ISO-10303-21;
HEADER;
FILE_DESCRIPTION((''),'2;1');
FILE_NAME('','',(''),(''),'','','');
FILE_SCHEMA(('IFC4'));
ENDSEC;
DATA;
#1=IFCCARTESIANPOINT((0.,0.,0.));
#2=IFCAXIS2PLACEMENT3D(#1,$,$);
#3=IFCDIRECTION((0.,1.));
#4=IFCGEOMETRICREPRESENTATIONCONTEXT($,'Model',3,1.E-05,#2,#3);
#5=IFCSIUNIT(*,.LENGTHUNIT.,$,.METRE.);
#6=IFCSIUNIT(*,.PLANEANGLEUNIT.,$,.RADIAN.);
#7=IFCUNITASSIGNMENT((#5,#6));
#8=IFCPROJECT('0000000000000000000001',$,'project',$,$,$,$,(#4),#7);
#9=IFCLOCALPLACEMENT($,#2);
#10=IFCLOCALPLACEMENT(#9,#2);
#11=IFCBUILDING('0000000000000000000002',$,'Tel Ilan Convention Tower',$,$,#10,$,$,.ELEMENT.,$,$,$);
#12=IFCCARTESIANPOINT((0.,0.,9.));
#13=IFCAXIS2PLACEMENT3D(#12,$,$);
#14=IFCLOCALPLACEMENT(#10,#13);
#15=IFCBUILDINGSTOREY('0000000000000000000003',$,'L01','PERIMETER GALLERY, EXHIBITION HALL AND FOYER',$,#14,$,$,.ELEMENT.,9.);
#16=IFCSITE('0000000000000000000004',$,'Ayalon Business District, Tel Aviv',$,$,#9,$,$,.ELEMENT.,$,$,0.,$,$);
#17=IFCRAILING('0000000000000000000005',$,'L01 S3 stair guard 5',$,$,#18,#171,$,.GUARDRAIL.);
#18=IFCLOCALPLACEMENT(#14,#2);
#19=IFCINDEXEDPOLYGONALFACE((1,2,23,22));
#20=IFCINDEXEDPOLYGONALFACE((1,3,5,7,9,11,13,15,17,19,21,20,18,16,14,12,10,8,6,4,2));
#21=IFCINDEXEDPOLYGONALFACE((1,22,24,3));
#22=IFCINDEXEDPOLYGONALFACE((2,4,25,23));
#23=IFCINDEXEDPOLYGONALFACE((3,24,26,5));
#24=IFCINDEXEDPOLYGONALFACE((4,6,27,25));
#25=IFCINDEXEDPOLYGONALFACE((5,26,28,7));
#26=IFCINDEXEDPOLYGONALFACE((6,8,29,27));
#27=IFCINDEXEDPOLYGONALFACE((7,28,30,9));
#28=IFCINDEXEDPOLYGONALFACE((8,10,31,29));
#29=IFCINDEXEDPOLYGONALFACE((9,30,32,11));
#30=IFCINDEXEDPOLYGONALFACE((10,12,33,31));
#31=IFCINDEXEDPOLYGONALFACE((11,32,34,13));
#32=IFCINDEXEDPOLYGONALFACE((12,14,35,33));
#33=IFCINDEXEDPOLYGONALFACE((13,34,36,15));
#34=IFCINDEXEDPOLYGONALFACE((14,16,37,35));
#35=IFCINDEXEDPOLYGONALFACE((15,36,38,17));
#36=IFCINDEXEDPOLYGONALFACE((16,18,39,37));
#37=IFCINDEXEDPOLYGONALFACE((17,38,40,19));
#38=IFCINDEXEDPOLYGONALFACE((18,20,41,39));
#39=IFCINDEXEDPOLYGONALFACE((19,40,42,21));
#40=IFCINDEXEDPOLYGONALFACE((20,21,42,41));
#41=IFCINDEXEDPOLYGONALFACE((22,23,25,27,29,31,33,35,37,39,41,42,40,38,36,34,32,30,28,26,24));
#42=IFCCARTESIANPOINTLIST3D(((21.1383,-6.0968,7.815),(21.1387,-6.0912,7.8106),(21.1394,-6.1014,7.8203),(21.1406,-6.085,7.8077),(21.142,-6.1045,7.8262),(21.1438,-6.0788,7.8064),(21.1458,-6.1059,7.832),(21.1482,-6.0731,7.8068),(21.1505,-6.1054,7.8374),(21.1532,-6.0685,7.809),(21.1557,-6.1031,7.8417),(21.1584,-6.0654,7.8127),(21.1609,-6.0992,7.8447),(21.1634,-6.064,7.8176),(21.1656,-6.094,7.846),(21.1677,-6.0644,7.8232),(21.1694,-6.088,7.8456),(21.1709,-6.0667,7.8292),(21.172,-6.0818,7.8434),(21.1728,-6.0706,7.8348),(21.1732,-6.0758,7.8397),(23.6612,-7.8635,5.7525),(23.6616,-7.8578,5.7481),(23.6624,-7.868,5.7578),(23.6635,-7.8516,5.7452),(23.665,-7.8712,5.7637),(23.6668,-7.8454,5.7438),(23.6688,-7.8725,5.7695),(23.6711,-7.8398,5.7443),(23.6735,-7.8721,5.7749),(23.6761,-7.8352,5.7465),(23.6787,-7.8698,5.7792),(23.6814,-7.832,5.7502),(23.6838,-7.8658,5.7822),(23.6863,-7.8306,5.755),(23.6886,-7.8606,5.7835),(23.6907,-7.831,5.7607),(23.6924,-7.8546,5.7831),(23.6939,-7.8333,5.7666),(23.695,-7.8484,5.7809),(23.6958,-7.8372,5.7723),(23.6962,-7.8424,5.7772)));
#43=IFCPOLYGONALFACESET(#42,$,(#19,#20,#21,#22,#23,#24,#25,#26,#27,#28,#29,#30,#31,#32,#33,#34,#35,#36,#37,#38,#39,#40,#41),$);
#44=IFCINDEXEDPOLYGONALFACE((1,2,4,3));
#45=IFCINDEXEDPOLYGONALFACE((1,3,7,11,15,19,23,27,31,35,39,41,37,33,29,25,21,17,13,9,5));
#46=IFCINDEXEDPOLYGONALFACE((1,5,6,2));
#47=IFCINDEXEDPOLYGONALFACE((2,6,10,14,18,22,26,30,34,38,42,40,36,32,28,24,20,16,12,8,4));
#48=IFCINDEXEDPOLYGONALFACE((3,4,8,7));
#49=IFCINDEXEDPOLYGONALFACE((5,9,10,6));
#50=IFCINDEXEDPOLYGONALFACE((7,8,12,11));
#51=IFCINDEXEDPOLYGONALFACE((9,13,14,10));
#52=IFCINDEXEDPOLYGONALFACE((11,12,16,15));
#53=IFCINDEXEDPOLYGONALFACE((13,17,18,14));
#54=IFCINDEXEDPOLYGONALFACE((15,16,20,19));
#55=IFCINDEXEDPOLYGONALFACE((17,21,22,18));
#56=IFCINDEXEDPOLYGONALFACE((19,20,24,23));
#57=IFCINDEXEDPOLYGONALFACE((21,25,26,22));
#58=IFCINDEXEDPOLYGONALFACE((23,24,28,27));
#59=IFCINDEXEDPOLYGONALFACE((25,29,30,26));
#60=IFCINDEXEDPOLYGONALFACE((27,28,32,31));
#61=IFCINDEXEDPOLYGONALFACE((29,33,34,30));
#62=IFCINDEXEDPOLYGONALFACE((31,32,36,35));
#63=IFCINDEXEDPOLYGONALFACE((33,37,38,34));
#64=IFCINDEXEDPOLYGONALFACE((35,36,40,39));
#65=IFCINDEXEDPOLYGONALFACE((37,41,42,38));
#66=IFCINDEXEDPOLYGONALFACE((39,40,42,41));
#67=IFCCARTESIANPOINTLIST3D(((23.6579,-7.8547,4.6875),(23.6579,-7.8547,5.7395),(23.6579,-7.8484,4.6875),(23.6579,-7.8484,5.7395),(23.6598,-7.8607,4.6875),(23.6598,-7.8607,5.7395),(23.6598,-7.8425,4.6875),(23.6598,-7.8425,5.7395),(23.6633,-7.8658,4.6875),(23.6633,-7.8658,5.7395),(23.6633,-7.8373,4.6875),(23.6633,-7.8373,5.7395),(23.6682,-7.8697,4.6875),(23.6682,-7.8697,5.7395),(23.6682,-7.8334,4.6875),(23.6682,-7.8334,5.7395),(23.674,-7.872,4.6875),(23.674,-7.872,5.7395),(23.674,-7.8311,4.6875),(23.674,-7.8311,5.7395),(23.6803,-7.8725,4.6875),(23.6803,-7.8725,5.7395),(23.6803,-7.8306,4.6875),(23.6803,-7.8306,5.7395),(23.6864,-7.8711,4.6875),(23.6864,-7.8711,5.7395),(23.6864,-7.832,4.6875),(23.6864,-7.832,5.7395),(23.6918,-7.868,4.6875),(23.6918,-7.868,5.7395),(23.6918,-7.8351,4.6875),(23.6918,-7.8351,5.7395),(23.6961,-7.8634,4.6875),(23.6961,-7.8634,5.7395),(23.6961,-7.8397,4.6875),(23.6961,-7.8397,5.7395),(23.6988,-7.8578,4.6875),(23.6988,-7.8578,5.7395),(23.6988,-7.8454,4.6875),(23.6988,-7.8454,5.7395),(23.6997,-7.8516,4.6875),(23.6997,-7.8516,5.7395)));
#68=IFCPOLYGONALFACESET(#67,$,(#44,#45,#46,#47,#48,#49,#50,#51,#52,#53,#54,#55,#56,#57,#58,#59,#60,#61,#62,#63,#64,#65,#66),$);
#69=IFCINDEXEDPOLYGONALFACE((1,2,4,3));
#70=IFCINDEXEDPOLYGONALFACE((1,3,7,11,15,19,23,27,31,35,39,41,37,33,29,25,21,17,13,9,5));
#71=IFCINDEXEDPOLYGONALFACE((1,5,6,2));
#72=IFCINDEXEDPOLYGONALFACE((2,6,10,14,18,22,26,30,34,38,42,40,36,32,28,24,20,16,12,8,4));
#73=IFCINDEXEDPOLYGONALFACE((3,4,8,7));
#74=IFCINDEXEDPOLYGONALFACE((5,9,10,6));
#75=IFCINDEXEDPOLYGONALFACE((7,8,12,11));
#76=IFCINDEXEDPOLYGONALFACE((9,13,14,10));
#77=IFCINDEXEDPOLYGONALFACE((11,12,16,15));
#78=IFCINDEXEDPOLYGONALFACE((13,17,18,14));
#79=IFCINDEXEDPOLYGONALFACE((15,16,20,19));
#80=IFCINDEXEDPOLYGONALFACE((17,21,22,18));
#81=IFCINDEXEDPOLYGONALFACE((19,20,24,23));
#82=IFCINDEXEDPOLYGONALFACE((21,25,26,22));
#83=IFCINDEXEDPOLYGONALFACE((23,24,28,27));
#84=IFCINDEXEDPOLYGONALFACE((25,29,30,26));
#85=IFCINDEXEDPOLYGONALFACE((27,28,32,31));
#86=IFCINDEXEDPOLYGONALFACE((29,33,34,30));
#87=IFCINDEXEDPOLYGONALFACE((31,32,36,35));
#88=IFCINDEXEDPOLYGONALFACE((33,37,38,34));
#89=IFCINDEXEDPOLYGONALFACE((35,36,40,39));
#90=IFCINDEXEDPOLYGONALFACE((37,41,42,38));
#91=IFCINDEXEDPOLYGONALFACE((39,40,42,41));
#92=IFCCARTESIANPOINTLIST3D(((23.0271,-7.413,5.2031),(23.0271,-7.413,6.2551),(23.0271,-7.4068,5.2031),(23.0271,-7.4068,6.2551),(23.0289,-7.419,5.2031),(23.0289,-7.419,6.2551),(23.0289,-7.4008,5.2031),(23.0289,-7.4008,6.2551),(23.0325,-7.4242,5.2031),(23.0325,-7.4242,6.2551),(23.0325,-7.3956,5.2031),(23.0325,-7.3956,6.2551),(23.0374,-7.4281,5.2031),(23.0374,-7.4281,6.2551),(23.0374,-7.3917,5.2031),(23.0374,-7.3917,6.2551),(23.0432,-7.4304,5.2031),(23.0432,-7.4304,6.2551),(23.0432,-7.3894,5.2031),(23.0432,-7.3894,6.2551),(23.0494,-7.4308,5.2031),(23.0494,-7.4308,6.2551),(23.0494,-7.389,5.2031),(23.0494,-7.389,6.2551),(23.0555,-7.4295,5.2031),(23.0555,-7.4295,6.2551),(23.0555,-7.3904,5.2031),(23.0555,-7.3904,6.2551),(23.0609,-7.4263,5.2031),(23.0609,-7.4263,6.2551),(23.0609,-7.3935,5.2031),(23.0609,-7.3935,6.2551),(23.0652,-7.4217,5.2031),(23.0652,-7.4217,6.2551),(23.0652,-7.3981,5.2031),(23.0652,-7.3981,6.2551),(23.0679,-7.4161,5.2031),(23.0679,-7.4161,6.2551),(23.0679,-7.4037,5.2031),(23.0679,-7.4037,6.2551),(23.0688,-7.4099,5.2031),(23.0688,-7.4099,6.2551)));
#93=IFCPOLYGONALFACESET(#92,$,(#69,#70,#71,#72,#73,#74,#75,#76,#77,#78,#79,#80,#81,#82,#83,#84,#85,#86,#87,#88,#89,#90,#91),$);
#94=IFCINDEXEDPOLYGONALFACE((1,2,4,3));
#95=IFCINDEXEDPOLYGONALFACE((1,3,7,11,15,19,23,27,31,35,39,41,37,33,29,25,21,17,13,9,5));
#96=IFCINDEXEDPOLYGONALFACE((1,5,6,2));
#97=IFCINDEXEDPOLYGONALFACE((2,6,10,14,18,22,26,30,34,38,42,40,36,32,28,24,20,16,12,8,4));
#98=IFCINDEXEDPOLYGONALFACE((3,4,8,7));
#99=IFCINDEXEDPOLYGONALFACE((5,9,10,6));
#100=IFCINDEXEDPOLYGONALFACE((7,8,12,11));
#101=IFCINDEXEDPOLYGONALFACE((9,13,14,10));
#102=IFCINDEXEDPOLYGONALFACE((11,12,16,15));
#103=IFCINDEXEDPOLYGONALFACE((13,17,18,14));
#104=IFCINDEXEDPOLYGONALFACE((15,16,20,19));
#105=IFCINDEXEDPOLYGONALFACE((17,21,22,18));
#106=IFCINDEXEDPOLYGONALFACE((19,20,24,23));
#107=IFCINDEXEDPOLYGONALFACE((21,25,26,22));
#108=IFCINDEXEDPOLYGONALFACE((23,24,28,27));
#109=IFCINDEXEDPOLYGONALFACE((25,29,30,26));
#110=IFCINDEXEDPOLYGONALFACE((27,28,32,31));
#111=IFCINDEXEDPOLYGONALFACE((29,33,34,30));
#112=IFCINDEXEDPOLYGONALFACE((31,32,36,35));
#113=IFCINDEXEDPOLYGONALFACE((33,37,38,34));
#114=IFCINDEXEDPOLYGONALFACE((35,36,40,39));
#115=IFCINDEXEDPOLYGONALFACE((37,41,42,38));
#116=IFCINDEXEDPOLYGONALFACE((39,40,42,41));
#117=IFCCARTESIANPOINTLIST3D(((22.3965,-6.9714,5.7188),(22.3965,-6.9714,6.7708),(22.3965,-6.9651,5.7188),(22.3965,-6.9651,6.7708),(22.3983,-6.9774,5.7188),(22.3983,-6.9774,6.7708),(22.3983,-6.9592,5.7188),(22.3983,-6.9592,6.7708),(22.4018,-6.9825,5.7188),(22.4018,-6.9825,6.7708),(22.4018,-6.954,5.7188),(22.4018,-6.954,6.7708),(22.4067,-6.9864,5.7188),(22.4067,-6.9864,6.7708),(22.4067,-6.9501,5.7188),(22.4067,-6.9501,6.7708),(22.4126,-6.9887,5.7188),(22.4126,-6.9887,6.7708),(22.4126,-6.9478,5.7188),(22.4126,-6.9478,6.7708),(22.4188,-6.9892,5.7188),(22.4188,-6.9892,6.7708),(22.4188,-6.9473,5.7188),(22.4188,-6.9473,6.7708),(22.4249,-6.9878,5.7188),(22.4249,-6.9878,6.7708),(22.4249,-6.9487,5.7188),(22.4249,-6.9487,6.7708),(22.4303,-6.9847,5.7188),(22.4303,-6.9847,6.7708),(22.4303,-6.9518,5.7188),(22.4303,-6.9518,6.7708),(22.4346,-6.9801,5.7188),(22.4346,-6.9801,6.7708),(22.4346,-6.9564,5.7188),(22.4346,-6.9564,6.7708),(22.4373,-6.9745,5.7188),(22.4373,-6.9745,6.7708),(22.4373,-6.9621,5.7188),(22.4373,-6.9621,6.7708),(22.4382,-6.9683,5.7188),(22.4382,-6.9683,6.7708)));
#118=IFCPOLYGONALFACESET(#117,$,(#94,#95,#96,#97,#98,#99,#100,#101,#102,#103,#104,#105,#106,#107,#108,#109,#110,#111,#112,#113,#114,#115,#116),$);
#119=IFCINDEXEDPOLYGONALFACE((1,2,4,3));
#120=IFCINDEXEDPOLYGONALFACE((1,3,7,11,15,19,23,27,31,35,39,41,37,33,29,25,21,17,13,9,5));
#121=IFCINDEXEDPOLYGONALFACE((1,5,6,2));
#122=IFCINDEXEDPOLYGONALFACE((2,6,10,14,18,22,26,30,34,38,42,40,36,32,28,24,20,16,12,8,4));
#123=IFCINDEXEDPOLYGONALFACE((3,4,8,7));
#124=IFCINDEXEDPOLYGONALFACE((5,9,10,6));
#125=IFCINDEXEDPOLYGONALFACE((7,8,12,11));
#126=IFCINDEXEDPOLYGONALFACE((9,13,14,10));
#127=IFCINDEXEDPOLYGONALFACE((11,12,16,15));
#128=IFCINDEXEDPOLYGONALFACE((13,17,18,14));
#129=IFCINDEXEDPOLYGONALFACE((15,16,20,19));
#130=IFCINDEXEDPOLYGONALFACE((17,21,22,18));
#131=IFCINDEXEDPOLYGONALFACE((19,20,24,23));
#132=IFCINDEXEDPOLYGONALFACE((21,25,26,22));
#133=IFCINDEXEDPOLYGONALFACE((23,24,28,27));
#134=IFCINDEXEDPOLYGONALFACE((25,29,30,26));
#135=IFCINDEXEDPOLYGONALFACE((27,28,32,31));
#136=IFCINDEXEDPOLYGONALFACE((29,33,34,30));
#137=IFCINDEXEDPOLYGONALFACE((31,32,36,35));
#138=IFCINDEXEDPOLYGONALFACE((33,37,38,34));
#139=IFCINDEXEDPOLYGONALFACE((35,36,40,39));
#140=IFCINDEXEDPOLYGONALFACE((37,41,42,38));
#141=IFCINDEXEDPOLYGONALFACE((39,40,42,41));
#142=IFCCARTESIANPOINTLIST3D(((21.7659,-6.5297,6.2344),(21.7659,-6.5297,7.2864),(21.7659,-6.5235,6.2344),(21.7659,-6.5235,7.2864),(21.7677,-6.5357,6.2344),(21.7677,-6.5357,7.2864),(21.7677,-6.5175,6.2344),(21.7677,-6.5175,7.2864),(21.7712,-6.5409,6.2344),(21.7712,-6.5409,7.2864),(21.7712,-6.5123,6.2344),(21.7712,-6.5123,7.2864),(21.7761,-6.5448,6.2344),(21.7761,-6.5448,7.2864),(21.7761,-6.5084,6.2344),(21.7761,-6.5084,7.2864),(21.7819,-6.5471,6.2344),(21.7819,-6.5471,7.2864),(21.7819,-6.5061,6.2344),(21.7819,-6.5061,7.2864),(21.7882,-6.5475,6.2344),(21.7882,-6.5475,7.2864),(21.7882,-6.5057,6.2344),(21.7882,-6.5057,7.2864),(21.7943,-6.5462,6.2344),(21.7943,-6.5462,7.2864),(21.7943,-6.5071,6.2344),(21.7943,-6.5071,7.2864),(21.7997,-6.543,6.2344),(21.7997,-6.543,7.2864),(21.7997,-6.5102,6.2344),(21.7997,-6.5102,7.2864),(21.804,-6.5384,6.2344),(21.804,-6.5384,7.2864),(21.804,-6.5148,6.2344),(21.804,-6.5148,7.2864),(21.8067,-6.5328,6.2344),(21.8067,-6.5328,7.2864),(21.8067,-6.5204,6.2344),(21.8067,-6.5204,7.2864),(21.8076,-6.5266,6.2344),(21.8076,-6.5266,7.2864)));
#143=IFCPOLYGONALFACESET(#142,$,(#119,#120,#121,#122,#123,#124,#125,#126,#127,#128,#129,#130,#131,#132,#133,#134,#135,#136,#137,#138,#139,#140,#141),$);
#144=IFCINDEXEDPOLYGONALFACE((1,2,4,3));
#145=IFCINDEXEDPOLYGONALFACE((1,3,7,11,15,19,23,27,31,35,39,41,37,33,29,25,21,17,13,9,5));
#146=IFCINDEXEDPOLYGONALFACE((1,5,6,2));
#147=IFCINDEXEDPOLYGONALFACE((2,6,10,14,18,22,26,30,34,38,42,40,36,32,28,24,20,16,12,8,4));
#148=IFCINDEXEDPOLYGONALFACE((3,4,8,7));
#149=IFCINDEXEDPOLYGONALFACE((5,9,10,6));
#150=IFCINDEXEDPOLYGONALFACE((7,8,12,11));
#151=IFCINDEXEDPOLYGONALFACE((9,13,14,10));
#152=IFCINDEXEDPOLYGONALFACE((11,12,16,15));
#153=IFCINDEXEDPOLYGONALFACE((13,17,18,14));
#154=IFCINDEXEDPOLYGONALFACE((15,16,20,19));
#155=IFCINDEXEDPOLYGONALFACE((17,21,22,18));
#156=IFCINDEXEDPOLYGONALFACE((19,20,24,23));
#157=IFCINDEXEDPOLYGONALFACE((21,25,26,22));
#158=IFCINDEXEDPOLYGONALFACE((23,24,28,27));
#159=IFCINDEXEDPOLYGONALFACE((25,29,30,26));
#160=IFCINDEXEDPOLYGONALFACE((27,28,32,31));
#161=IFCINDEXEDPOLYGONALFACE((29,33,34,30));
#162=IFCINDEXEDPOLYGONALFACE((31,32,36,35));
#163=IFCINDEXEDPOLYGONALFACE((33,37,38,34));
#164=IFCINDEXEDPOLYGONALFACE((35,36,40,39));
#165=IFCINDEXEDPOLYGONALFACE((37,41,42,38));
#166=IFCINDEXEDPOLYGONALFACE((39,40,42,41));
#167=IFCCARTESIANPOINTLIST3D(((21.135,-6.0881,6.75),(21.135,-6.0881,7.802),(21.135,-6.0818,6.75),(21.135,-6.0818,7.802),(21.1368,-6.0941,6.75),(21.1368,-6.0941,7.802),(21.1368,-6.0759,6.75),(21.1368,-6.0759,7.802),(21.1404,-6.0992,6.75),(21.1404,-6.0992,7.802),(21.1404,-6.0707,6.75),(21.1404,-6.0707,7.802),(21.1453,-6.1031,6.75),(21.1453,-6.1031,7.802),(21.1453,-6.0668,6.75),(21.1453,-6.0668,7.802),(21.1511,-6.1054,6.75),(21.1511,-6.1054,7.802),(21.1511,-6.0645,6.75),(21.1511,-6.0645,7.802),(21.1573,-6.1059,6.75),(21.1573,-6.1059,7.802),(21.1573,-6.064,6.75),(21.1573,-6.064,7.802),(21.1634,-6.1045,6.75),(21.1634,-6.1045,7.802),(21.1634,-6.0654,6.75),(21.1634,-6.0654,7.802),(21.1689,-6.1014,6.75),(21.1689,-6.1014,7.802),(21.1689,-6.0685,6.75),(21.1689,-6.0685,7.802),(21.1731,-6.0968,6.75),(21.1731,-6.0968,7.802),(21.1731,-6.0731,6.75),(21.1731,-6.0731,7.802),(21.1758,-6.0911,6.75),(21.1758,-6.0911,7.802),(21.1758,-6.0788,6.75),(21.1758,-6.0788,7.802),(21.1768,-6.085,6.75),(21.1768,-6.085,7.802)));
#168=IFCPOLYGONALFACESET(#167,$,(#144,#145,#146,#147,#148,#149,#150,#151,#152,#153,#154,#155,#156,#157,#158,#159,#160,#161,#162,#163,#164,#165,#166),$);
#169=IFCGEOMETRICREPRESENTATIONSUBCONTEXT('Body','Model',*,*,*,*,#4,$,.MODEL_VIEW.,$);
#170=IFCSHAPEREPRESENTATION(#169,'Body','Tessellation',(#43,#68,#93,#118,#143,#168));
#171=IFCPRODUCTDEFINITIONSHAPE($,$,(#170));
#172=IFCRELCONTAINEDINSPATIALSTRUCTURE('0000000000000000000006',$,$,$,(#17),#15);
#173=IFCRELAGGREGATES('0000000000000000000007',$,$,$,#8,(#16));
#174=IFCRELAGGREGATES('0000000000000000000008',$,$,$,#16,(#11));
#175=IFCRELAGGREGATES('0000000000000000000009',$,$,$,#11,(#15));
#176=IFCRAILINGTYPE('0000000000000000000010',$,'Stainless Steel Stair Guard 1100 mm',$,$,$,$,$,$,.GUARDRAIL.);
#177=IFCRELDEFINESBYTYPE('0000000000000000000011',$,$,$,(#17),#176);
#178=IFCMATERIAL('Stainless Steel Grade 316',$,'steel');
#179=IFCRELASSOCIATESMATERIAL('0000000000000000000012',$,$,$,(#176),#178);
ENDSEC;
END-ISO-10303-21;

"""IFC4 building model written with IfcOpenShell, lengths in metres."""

from ifc_helpers import new_model, si_unit, direction, frame, origin, origin_2d, place, context, subcontext, project, spatial, circle, extrude, material, type_object, element, save


model = new_model("IFC4")

# Units and contexts
model_context = context("Model", 3, precision=1e-05, world=origin(), true_north=direction((0.0, 1.0)))
body_context = subcontext(model_context, "Body", "Model", "MODEL_VIEW")
ifc_project = project(units=[si_unit("LENGTHUNIT", "METRE"), si_unit("PLANEANGLEUNIT", "RADIAN")], contexts=[model_context])

# Site, building, storey
site_placement = place(None, origin())
site = spatial("IfcSite", under=ifc_project, at=site_placement, Name="Ayalon Business District, Tel Aviv", CompositionType="ELEMENT", RefElevation=0.0)
building_placement = place(site_placement, origin())
building = spatial("IfcBuilding", under=site, at=building_placement, Name="Tel Ilan Convention Tower", CompositionType="ELEMENT")
storey_placement = place(building_placement, frame((0.0, 0.0, 9.0)))
storey = spatial("IfcBuildingStorey", under=building, at=storey_placement, Name="L01", Description="PERIMETER GALLERY, EXHIBITION HALL AND FOYER", CompositionType="ELEMENT", Elevation=9.0)

# Railing
ifc_material_1 = material(Name="Stainless Steel Grade 316", Category="steel")
railing_type_1 = type_object("IfcRailingType", Name="Stainless Steel Stair Guard 1100 mm", PredefinedType="GUARDRAIL", material=ifc_material_1)
railing_1_placement = place(storey_placement, frame((23.6787, -7.8516, 4.6875)))
element("IfcRailing", 1, at=railing_1_placement, inside=storey, type_object=railing_type_1, Name="L01 S3 stair guard 5", PredefinedType="GUARDRAIL", context=body_context, shape_type="SweptSolid", body=[
    extrude(circle(Radius=0.0239, at=origin_2d()), frame((0.0, 0.0, 1.0762), z_axis=(-0.680635, 0.476589, 0.556416), x_axis=(-0.573579, -0.81915, 0.0)), (0.0, 0.0, 1.0), 3.7068),
    extrude(circle(Radius=0.021, at=origin_2d()), origin(), (0.0, 0.0, 1.0), 1.052),
    extrude(circle(Radius=0.021, at=origin_2d()), frame((-0.6309, 0.4417, 0.5156)), (0.0, 0.0, 1.0), 1.052),
    extrude(circle(Radius=0.021, at=origin_2d()), frame((-1.2615, 0.8833, 1.0312)), (0.0, 0.0, 1.0), 1.052),
    extrude(circle(Radius=0.021, at=origin_2d()), frame((-1.8921, 1.325, 1.5469)), (0.0, 0.0, 1.0), 1.052),
    extrude(circle(Radius=0.021, at=origin_2d()), frame((-2.5229, 1.7666, 2.0625)), (0.0, 0.0, 1.0), 1.052),
])

save(model, "model.ifc")
